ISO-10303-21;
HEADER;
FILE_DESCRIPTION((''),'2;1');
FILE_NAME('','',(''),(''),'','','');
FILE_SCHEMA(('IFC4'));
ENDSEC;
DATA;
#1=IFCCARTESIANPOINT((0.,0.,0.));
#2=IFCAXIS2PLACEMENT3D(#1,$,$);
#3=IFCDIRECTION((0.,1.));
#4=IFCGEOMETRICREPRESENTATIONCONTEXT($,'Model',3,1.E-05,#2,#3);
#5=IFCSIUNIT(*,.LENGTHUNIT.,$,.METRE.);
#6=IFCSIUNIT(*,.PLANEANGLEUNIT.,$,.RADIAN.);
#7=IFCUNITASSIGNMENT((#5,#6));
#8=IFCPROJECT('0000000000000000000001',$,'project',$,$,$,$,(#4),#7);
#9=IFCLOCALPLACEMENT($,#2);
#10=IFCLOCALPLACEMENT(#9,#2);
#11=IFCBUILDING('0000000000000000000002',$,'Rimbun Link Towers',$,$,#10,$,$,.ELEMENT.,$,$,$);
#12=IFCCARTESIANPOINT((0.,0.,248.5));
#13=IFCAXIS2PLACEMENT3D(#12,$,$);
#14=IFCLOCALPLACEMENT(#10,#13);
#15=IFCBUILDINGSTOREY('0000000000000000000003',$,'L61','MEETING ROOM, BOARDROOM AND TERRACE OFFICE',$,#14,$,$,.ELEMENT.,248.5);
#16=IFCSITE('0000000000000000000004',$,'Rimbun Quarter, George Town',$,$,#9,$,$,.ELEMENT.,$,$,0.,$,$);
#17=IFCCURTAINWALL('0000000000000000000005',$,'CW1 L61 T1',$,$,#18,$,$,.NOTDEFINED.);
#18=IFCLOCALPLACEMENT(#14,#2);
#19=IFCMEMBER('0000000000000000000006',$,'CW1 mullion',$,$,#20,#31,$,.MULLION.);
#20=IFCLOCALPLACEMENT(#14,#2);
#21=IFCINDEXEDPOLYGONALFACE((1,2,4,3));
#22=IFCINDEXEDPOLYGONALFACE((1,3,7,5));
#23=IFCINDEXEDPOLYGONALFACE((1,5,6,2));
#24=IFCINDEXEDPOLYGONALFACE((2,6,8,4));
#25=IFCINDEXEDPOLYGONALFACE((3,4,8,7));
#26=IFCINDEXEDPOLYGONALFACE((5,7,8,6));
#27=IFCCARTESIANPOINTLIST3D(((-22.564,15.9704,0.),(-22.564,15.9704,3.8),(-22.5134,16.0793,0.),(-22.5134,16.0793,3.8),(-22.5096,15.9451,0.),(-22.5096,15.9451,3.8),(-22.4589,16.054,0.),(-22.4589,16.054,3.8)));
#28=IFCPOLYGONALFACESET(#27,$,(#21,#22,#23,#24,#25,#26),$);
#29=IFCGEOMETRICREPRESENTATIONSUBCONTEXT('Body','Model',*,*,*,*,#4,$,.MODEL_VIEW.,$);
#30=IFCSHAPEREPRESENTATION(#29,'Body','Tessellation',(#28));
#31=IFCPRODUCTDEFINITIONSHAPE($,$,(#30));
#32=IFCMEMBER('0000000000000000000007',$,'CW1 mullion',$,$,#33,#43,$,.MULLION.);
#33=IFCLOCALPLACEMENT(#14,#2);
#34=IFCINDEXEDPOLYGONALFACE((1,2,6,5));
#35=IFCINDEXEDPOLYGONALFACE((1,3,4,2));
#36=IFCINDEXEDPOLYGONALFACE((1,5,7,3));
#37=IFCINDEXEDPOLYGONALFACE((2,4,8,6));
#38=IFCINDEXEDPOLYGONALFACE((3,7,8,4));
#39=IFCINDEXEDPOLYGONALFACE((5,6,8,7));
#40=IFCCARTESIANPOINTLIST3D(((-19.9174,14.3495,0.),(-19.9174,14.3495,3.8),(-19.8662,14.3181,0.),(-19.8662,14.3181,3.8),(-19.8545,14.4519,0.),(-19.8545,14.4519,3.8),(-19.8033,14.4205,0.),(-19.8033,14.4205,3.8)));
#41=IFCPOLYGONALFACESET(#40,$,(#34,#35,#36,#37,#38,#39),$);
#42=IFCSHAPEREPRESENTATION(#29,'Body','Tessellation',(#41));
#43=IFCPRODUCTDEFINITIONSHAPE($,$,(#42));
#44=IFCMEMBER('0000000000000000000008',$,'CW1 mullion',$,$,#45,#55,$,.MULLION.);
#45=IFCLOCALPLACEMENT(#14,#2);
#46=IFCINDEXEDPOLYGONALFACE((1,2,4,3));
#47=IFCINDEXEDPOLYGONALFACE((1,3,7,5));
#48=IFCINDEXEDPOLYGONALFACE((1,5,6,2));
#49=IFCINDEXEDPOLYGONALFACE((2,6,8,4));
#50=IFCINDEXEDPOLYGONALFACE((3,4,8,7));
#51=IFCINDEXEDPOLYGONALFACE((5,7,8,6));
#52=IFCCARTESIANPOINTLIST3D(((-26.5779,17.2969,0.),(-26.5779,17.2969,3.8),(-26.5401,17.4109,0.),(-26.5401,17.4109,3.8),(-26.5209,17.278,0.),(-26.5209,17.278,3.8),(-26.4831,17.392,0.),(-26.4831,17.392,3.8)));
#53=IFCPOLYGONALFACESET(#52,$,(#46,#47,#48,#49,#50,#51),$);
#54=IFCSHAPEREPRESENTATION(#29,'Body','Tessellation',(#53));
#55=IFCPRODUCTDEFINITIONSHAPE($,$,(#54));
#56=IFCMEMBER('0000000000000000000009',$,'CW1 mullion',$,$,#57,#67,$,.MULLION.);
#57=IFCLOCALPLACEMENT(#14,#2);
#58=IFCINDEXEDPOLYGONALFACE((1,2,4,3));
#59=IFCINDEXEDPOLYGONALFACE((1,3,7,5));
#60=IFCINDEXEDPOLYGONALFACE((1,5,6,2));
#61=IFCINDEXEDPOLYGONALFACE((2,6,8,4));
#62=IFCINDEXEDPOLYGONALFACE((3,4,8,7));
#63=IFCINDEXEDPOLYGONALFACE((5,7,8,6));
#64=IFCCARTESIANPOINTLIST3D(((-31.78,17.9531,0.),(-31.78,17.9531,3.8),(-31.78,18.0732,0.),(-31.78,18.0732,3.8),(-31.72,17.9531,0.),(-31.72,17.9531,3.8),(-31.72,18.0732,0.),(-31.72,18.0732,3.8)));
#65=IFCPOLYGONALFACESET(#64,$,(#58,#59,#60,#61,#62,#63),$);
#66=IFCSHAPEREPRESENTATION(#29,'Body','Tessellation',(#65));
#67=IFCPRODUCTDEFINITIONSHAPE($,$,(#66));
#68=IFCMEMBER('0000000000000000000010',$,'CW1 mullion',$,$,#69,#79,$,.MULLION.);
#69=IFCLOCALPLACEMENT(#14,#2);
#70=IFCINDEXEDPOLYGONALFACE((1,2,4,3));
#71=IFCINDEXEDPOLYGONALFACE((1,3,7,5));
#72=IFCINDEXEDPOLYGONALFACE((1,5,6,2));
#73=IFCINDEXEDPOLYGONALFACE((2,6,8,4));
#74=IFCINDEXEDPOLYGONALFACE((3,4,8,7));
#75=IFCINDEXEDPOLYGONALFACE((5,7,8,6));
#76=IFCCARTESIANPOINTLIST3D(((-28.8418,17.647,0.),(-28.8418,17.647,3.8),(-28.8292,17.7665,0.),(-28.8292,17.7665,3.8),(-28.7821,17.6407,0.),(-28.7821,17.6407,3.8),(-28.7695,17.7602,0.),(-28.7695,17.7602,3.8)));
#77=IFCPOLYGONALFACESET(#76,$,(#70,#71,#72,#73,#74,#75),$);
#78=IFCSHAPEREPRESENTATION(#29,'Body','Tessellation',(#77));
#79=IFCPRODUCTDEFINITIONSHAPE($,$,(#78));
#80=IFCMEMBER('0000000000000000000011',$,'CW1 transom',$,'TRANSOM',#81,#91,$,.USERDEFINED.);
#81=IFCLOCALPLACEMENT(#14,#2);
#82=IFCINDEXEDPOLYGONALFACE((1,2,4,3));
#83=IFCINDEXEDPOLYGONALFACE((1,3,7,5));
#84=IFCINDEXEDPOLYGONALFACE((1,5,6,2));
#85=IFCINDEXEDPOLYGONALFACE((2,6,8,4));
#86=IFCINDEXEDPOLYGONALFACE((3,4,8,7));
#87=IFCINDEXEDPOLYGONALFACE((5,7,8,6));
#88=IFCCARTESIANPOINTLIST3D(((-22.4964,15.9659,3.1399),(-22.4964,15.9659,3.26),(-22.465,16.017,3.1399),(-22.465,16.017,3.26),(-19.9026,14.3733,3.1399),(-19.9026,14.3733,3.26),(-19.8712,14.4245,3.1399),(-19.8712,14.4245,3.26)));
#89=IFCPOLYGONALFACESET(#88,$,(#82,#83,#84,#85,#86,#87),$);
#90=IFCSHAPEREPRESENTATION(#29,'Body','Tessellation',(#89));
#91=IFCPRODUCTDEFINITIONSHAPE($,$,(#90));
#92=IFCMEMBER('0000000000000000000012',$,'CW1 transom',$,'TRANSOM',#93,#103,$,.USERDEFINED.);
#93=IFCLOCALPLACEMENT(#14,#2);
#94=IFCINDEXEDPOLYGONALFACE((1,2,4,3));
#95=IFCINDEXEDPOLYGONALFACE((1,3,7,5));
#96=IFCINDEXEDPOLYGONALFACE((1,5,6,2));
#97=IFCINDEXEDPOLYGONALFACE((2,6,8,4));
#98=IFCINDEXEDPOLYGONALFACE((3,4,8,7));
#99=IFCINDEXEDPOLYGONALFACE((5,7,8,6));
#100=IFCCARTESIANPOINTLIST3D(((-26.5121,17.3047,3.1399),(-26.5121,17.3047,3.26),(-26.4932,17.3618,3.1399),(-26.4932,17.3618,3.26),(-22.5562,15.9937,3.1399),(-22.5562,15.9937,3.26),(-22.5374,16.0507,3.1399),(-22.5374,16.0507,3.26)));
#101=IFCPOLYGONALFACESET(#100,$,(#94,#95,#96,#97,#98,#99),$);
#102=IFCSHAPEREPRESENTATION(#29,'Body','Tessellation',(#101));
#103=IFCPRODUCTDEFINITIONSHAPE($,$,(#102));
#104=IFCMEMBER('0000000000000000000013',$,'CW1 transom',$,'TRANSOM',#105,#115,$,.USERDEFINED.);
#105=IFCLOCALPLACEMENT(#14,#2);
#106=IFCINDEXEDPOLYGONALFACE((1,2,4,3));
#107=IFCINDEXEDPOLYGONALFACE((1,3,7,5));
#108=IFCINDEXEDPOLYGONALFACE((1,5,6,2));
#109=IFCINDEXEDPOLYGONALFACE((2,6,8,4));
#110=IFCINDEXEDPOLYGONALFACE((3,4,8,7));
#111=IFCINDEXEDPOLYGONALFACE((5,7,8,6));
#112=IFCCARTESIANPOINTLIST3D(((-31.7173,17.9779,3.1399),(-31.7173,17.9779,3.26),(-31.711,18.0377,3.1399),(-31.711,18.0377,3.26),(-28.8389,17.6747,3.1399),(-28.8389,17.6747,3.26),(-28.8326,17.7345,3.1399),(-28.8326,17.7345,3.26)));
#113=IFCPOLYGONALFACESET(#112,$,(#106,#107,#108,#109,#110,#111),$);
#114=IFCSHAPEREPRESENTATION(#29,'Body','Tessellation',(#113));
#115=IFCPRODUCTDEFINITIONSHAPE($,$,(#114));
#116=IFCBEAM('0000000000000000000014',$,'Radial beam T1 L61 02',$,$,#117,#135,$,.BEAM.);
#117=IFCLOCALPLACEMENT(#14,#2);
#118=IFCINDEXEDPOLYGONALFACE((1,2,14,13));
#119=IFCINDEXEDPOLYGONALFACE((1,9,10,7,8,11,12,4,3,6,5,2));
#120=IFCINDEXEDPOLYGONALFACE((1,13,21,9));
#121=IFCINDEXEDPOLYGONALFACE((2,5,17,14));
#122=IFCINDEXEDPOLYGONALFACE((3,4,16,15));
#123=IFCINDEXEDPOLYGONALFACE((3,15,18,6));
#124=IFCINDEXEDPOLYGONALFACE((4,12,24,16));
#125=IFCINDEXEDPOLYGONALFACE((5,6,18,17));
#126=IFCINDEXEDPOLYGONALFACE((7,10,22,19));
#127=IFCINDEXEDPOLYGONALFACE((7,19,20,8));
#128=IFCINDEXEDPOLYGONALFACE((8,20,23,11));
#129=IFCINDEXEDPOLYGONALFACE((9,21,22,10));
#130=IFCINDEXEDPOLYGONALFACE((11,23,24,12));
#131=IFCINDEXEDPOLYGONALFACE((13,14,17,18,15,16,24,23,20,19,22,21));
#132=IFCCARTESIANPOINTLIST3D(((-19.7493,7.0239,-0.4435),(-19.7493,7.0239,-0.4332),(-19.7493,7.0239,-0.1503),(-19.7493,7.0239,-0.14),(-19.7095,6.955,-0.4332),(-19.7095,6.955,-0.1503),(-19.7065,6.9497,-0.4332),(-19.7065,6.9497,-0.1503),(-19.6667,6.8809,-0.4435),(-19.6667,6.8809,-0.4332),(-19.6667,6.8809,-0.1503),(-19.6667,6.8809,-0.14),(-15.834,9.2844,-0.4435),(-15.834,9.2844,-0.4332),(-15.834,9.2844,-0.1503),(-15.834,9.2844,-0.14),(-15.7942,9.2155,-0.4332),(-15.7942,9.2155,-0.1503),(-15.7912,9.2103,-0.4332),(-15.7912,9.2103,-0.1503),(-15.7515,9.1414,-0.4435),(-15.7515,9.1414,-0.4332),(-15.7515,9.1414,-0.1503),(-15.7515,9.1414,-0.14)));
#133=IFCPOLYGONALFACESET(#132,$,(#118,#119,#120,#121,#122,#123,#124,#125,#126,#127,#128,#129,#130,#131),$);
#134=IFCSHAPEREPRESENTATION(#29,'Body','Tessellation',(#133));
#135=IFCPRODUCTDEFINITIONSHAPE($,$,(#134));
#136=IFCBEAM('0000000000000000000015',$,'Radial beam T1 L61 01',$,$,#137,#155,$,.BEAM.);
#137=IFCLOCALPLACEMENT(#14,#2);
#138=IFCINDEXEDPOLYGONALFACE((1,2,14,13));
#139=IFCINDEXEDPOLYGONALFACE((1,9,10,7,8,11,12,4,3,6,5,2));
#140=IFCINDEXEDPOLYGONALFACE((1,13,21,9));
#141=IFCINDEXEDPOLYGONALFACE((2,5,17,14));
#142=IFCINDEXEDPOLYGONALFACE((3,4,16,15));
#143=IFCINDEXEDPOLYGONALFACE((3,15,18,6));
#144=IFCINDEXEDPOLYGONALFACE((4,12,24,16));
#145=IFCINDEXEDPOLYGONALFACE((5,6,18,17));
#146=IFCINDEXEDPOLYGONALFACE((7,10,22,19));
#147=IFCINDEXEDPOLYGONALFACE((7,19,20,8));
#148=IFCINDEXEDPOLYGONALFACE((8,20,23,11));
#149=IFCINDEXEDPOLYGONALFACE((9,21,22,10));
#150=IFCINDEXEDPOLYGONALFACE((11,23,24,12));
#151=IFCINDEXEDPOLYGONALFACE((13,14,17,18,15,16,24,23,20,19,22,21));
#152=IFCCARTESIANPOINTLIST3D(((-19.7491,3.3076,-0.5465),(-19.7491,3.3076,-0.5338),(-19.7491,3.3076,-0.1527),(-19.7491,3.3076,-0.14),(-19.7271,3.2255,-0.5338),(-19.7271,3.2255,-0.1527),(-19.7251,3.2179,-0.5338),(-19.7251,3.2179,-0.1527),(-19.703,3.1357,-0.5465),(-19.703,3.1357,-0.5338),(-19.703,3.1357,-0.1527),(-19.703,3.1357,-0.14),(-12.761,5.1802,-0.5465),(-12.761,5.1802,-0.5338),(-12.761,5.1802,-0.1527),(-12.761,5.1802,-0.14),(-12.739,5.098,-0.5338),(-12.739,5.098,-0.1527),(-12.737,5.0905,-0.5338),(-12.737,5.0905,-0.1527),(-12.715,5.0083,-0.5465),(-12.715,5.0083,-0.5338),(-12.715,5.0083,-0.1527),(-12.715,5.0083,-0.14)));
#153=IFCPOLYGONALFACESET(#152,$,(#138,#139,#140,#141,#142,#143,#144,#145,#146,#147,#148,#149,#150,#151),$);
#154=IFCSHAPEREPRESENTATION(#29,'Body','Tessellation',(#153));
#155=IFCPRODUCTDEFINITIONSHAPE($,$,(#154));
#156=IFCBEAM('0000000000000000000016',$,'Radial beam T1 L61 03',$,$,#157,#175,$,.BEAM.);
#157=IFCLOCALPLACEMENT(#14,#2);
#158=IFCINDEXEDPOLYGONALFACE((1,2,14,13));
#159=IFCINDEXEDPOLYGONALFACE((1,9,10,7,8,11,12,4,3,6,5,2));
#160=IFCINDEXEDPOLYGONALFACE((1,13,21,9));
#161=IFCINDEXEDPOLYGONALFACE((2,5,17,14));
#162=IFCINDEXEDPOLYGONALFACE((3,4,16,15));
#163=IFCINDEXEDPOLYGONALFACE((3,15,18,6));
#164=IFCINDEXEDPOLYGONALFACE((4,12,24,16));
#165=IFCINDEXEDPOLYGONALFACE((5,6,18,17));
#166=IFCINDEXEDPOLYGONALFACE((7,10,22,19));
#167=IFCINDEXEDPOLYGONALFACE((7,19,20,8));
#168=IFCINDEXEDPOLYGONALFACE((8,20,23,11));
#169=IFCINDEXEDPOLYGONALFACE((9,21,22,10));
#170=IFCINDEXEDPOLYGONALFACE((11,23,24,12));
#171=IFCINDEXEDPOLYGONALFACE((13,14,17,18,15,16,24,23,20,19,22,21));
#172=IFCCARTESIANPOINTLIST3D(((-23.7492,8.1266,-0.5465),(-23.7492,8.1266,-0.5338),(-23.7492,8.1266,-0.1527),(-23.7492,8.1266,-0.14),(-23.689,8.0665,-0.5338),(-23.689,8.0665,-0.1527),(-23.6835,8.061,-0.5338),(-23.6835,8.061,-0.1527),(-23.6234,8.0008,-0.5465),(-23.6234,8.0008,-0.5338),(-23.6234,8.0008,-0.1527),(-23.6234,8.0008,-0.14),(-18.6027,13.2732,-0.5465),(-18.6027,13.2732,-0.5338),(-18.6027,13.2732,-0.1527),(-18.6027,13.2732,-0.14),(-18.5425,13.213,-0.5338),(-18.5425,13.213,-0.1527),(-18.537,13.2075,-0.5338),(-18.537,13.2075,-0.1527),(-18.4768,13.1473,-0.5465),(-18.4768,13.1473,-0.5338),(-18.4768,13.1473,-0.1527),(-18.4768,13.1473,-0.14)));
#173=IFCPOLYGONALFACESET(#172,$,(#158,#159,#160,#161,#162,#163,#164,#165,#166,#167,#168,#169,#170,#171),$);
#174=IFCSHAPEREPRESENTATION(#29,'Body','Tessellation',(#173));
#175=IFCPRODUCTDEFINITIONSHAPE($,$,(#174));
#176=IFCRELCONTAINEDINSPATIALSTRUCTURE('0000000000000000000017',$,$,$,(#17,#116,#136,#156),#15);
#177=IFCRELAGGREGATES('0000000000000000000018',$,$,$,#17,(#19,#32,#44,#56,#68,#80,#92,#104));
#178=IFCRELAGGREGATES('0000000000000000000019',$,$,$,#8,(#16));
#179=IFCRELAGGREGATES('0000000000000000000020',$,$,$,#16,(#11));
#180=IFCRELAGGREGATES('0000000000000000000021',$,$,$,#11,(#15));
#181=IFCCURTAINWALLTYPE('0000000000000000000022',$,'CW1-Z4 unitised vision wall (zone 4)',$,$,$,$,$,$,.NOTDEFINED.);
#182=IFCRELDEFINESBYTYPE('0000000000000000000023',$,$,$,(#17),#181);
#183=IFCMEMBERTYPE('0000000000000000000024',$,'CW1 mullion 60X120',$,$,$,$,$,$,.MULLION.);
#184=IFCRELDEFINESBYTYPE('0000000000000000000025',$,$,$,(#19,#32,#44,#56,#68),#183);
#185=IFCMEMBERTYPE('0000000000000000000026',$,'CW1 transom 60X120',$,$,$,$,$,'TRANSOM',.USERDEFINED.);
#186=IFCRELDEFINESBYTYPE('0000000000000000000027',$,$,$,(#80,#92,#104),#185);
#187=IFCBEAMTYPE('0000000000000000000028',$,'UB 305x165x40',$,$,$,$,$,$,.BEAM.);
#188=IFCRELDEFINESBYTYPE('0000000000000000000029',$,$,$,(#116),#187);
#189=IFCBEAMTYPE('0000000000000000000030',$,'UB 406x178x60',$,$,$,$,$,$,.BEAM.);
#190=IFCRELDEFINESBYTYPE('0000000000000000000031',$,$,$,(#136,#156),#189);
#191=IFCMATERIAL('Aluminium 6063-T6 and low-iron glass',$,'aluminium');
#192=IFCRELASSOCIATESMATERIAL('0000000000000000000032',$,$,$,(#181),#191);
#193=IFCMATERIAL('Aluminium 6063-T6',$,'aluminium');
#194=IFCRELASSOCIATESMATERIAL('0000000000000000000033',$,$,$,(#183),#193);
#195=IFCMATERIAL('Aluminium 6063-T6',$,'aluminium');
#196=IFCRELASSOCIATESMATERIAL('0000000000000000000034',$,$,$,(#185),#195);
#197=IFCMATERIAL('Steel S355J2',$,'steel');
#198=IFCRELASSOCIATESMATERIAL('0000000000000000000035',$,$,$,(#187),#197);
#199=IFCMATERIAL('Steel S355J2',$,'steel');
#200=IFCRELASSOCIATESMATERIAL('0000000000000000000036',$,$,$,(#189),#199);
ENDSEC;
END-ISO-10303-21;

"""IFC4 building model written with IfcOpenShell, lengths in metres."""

from ifc_helpers import new_model, si_unit, direction, frame, origin, origin_2d, place, context, subcontext, project, spatial, rectangle, i_section, extrude, material, material_profile, profile_set, type_object, element, aggregate, save


model = new_model("IFC4")

# Units and contexts
model_context = context("Model", 3, precision=1e-05, world=origin(), true_north=direction((0.0, 1.0)))
body_context = subcontext(model_context, "Body", "Model", "MODEL_VIEW")
ifc_project = project(units=[si_unit("LENGTHUNIT", "METRE"), si_unit("PLANEANGLEUNIT", "RADIAN")], contexts=[model_context])

# Site, building, storey
site_placement = place(None, origin())
site = spatial("IfcSite", under=ifc_project, at=site_placement, Name="Rimbun Quarter, George Town", CompositionType="ELEMENT", RefElevation=0.0)
building_placement = place(site_placement, origin())
building = spatial("IfcBuilding", under=site, at=building_placement, Name="Rimbun Link Towers", CompositionType="ELEMENT")
storey_placement = place(building_placement, frame((0.0, 0.0, 248.5)))
storey = spatial("IfcBuildingStorey", under=building, at=storey_placement, Name="L61", Description="MEETING ROOM, BOARDROOM AND TERRACE OFFICE", CompositionType="ELEMENT", Elevation=248.5)

# Curtain wall, members
ifc_material_1 = material(Name="Aluminium 6063-T6 and low-iron glass", Category="aluminium")
curtain_wall_type = type_object("IfcCurtainWallType", Name="CW1-Z4 unitised vision wall (zone 4)", PredefinedType="NOTDEFINED", material=ifc_material_1)
curtain_wall_placement = place(storey_placement, origin())
curtain_wall = element("IfcCurtainWall", 1, at=curtain_wall_placement, inside=storey, type_object=curtain_wall_type, Name="CW1 L61 T1", PredefinedType="NOTDEFINED")
ifc_material_2 = material(Name="Aluminium 6063-T6", Category="aluminium")
ifc_material_profile_1 = material_profile(ifc_material_2, rectangle(XDim=0.1201, YDim=0.0601, at=origin_2d()), Name="MULLION 60X120")
ifc_profile_set_1 = profile_set([ifc_material_profile_1], Name="Aluminium 6063-T6")
member_type_1 = type_object("IfcMemberType", Name="CW1 mullion 60X120", PredefinedType="MULLION", material=ifc_profile_set_1)
member_1_placement = place(storey_placement, frame((-22.5115, 16.0122, 0.0), z_axis=(0.0, 0.0, 1.0), x_axis=(0.4217, 0.906735, 0.0)))
member_1 = element("IfcMember", 2, at=member_1_placement, type_object=member_type_1, Name="CW1 mullion", PredefinedType="MULLION", context=body_context, shape_type="SweptSolid", body=[
    extrude(rectangle(XDim=0.1201, YDim=0.0601, at=origin_2d()), origin(), (0.0, 0.0, 1.0), 3.8),
])
member_2_placement = place(storey_placement, frame((-19.8604, 14.385, 0.0), z_axis=(0.0, 0.0, 1.0), x_axis=(0.523229, 0.852192, 0.0)))
member_2 = element("IfcMember", 3, at=member_2_placement, type_object=member_type_1, Name="CW1 mullion", PredefinedType="MULLION", context=body_context, shape_type="SweptSolid", body=[
    extrude(rectangle(XDim=0.1201, YDim=0.0601, at=origin_2d()), origin(), (0.0, 0.0, 1.0), 3.8),
])
member_3_placement = place(storey_placement, frame((-26.5305, 17.3445, 0.0), z_axis=(0.0, 0.0, 1.0), x_axis=(0.314569, 0.949234, 0.0)))
member_3 = element("IfcMember", 4, at=member_3_placement, type_object=member_type_1, Name="CW1 mullion", PredefinedType="MULLION", context=body_context, shape_type="SweptSolid", body=[
    extrude(rectangle(XDim=0.1201, YDim=0.0601, at=origin_2d()), origin(), (0.0, 0.0, 1.0), 3.8),
])
member_4_placement = place(storey_placement, frame((-31.75, 18.0132, 0.0), z_axis=(0.0, 0.0, 1.0), x_axis=(0.0, 1.0, 0.0)))
member_4 = element("IfcMember", 5, at=member_4_placement, type_object=member_type_1, Name="CW1 mullion", PredefinedType="MULLION", context=body_context, shape_type="SweptSolid", body=[
    extrude(rectangle(XDim=0.1201, YDim=0.0601, at=origin_2d()), origin(), (0.0, 0.0, 1.0), 3.8),
])
member_5_placement = place(storey_placement, frame((-28.8057, 17.7036, 0.0), z_axis=(0.0, 0.0, 1.0), x_axis=(0.104732, 0.9945, 0.0)))
member_5 = element("IfcMember", 6, at=member_5_placement, type_object=member_type_1, Name="CW1 mullion", PredefinedType="MULLION", context=body_context, shape_type="SweptSolid", body=[
    extrude(rectangle(XDim=0.1201, YDim=0.0601, at=origin_2d()), origin(), (0.0, 0.0, 1.0), 3.8),
])
ifc_material_3 = material(Name="Aluminium 6063-T6", Category="aluminium")
ifc_material_profile_2 = material_profile(ifc_material_3, rectangle(XDim=0.0601, YDim=0.1201, at=origin_2d()), Name="TRANSOM 60X120")
ifc_profile_set_2 = profile_set([ifc_material_profile_2], Name="Aluminium 6063-T6")
member_type_2 = type_object("IfcMemberType", Name="CW1 transom 60X120", ElementType="TRANSOM", PredefinedType="USERDEFINED", material=ifc_profile_set_2)
member_6_placement = place(storey_placement, frame((-22.4807, 15.9915, 3.2), z_axis=(0.852189, -0.523233, 0.0), x_axis=(0.523233, 0.852189, 0.0)))
member_6 = element("IfcMember", 7, at=member_6_placement, type_object=member_type_2, Name="CW1 transom", ObjectType="TRANSOM", PredefinedType="USERDEFINED", context=body_context, shape_type="SweptSolid", body=[
    extrude(rectangle(XDim=0.0601, YDim=0.1201, at=origin_2d()), origin(), (0.0, 0.0, 1.0), 3.0437),
])
member_7_placement = place(storey_placement, frame((-26.5027, 17.3333, 3.2), z_axis=(0.949227, -0.314593, 0.0), x_axis=(0.314593, 0.949227, 0.0)))
member_7 = element("IfcMember", 8, at=member_7_placement, type_object=member_type_2, Name="CW1 transom", ObjectType="TRANSOM", PredefinedType="USERDEFINED", context=body_context, shape_type="SweptSolid", body=[
    extrude(rectangle(XDim=0.0601, YDim=0.1201, at=origin_2d()), origin(), (0.0, 0.0, 1.0), 4.1675),
])
member_8_placement = place(storey_placement, frame((-31.7141, 18.0078, 3.2), z_axis=(0.994497, -0.104764, 0.0), x_axis=(0.104764, 0.994497, 0.0)))
member_8 = element("IfcMember", 9, at=member_8_placement, type_object=member_type_2, Name="CW1 transom", ObjectType="TRANSOM", PredefinedType="USERDEFINED", context=body_context, shape_type="SweptSolid", body=[
    extrude(rectangle(XDim=0.0601, YDim=0.1201, at=origin_2d()), origin(), (0.0, 0.0, 1.0), 2.8943),
])

# Beams
ifc_material_4 = material(Name="Steel S355J2", Category="steel")
ifc_material_profile_3 = material_profile(ifc_material_4, i_section(OverallWidth=0.165, OverallDepth=0.3035, WebThickness=0.0061, FlangeThickness=0.0103, at=origin_2d()), Name="UB 305x165x40")
ifc_profile_set_3 = profile_set([ifc_material_profile_3], Name="Steel S355J2")
beam_type_1 = type_object("IfcBeamType", Name="UB 305x165x40", PredefinedType="BEAM", material=ifc_profile_set_3)
beam_1_placement = place(storey_placement, frame((-19.708, 6.9524, -0.2917), z_axis=(0.866025, 0.500001, 0.0), x_axis=(-0.500001, 0.866025, 0.0)))
element("IfcBeam", 10, at=beam_1_placement, inside=storey, type_object=beam_type_1, Name="Radial beam T1 L61 02", PredefinedType="BEAM", context=body_context, shape_type="SweptSolid", body=[
    extrude(i_section(OverallWidth=0.165, OverallDepth=0.3035, WebThickness=0.0061, FlangeThickness=0.0103, at=origin_2d()), origin(), (0.0, 0.0, 1.0), 4.521),
])
ifc_material_5 = material(Name="Steel S355J2", Category="steel")
ifc_material_profile_4 = material_profile(ifc_material_5, i_section(OverallWidth=0.178, OverallDepth=0.4065, WebThickness=0.0078, FlangeThickness=0.0127, at=origin_2d()), Name="UB 406x178x60")
ifc_profile_set_4 = profile_set([ifc_material_profile_4], Name="Steel S355J2")
beam_type_2 = type_object("IfcBeamType", Name="UB 406x178x60", PredefinedType="BEAM", material=ifc_profile_set_4)
beam_2_placement = place(storey_placement, frame((-19.7261, 3.2217, -0.3433), z_axis=(0.965922, 0.258834, 0.0), x_axis=(-0.258834, 0.965922, 0.0)))
element("IfcBeam", 11, at=beam_2_placement, inside=storey, type_object=beam_type_2, Name="Radial beam T1 L61 01", PredefinedType="BEAM", context=body_context, shape_type="SweptSolid", body=[
    extrude(i_section(OverallWidth=0.178, OverallDepth=0.4065, WebThickness=0.0078, FlangeThickness=0.0127, at=origin_2d()), origin(), (0.0, 0.0, 1.0), 7.2346),
])
beam_3_placement = place(storey_placement, frame((-23.6863, 8.0637, -0.3433), z_axis=(0.707107, 0.707107, 0.0), x_axis=(-0.707107, 0.707107, 0.0)))
element("IfcBeam", 12, at=beam_3_placement, inside=storey, type_object=beam_type_2, Name="Radial beam T1 L61 03", PredefinedType="BEAM", context=body_context, shape_type="SweptSolid", body=[
    extrude(i_section(OverallWidth=0.178, OverallDepth=0.4065, WebThickness=0.0078, FlangeThickness=0.0127, at=origin_2d()), origin(), (0.0, 0.0, 1.0), 7.2783),
])

aggregate(curtain_wall, [member_1, member_2, member_3, member_4, member_5, member_6, member_7, member_8])

save(model, "model.ifc")
